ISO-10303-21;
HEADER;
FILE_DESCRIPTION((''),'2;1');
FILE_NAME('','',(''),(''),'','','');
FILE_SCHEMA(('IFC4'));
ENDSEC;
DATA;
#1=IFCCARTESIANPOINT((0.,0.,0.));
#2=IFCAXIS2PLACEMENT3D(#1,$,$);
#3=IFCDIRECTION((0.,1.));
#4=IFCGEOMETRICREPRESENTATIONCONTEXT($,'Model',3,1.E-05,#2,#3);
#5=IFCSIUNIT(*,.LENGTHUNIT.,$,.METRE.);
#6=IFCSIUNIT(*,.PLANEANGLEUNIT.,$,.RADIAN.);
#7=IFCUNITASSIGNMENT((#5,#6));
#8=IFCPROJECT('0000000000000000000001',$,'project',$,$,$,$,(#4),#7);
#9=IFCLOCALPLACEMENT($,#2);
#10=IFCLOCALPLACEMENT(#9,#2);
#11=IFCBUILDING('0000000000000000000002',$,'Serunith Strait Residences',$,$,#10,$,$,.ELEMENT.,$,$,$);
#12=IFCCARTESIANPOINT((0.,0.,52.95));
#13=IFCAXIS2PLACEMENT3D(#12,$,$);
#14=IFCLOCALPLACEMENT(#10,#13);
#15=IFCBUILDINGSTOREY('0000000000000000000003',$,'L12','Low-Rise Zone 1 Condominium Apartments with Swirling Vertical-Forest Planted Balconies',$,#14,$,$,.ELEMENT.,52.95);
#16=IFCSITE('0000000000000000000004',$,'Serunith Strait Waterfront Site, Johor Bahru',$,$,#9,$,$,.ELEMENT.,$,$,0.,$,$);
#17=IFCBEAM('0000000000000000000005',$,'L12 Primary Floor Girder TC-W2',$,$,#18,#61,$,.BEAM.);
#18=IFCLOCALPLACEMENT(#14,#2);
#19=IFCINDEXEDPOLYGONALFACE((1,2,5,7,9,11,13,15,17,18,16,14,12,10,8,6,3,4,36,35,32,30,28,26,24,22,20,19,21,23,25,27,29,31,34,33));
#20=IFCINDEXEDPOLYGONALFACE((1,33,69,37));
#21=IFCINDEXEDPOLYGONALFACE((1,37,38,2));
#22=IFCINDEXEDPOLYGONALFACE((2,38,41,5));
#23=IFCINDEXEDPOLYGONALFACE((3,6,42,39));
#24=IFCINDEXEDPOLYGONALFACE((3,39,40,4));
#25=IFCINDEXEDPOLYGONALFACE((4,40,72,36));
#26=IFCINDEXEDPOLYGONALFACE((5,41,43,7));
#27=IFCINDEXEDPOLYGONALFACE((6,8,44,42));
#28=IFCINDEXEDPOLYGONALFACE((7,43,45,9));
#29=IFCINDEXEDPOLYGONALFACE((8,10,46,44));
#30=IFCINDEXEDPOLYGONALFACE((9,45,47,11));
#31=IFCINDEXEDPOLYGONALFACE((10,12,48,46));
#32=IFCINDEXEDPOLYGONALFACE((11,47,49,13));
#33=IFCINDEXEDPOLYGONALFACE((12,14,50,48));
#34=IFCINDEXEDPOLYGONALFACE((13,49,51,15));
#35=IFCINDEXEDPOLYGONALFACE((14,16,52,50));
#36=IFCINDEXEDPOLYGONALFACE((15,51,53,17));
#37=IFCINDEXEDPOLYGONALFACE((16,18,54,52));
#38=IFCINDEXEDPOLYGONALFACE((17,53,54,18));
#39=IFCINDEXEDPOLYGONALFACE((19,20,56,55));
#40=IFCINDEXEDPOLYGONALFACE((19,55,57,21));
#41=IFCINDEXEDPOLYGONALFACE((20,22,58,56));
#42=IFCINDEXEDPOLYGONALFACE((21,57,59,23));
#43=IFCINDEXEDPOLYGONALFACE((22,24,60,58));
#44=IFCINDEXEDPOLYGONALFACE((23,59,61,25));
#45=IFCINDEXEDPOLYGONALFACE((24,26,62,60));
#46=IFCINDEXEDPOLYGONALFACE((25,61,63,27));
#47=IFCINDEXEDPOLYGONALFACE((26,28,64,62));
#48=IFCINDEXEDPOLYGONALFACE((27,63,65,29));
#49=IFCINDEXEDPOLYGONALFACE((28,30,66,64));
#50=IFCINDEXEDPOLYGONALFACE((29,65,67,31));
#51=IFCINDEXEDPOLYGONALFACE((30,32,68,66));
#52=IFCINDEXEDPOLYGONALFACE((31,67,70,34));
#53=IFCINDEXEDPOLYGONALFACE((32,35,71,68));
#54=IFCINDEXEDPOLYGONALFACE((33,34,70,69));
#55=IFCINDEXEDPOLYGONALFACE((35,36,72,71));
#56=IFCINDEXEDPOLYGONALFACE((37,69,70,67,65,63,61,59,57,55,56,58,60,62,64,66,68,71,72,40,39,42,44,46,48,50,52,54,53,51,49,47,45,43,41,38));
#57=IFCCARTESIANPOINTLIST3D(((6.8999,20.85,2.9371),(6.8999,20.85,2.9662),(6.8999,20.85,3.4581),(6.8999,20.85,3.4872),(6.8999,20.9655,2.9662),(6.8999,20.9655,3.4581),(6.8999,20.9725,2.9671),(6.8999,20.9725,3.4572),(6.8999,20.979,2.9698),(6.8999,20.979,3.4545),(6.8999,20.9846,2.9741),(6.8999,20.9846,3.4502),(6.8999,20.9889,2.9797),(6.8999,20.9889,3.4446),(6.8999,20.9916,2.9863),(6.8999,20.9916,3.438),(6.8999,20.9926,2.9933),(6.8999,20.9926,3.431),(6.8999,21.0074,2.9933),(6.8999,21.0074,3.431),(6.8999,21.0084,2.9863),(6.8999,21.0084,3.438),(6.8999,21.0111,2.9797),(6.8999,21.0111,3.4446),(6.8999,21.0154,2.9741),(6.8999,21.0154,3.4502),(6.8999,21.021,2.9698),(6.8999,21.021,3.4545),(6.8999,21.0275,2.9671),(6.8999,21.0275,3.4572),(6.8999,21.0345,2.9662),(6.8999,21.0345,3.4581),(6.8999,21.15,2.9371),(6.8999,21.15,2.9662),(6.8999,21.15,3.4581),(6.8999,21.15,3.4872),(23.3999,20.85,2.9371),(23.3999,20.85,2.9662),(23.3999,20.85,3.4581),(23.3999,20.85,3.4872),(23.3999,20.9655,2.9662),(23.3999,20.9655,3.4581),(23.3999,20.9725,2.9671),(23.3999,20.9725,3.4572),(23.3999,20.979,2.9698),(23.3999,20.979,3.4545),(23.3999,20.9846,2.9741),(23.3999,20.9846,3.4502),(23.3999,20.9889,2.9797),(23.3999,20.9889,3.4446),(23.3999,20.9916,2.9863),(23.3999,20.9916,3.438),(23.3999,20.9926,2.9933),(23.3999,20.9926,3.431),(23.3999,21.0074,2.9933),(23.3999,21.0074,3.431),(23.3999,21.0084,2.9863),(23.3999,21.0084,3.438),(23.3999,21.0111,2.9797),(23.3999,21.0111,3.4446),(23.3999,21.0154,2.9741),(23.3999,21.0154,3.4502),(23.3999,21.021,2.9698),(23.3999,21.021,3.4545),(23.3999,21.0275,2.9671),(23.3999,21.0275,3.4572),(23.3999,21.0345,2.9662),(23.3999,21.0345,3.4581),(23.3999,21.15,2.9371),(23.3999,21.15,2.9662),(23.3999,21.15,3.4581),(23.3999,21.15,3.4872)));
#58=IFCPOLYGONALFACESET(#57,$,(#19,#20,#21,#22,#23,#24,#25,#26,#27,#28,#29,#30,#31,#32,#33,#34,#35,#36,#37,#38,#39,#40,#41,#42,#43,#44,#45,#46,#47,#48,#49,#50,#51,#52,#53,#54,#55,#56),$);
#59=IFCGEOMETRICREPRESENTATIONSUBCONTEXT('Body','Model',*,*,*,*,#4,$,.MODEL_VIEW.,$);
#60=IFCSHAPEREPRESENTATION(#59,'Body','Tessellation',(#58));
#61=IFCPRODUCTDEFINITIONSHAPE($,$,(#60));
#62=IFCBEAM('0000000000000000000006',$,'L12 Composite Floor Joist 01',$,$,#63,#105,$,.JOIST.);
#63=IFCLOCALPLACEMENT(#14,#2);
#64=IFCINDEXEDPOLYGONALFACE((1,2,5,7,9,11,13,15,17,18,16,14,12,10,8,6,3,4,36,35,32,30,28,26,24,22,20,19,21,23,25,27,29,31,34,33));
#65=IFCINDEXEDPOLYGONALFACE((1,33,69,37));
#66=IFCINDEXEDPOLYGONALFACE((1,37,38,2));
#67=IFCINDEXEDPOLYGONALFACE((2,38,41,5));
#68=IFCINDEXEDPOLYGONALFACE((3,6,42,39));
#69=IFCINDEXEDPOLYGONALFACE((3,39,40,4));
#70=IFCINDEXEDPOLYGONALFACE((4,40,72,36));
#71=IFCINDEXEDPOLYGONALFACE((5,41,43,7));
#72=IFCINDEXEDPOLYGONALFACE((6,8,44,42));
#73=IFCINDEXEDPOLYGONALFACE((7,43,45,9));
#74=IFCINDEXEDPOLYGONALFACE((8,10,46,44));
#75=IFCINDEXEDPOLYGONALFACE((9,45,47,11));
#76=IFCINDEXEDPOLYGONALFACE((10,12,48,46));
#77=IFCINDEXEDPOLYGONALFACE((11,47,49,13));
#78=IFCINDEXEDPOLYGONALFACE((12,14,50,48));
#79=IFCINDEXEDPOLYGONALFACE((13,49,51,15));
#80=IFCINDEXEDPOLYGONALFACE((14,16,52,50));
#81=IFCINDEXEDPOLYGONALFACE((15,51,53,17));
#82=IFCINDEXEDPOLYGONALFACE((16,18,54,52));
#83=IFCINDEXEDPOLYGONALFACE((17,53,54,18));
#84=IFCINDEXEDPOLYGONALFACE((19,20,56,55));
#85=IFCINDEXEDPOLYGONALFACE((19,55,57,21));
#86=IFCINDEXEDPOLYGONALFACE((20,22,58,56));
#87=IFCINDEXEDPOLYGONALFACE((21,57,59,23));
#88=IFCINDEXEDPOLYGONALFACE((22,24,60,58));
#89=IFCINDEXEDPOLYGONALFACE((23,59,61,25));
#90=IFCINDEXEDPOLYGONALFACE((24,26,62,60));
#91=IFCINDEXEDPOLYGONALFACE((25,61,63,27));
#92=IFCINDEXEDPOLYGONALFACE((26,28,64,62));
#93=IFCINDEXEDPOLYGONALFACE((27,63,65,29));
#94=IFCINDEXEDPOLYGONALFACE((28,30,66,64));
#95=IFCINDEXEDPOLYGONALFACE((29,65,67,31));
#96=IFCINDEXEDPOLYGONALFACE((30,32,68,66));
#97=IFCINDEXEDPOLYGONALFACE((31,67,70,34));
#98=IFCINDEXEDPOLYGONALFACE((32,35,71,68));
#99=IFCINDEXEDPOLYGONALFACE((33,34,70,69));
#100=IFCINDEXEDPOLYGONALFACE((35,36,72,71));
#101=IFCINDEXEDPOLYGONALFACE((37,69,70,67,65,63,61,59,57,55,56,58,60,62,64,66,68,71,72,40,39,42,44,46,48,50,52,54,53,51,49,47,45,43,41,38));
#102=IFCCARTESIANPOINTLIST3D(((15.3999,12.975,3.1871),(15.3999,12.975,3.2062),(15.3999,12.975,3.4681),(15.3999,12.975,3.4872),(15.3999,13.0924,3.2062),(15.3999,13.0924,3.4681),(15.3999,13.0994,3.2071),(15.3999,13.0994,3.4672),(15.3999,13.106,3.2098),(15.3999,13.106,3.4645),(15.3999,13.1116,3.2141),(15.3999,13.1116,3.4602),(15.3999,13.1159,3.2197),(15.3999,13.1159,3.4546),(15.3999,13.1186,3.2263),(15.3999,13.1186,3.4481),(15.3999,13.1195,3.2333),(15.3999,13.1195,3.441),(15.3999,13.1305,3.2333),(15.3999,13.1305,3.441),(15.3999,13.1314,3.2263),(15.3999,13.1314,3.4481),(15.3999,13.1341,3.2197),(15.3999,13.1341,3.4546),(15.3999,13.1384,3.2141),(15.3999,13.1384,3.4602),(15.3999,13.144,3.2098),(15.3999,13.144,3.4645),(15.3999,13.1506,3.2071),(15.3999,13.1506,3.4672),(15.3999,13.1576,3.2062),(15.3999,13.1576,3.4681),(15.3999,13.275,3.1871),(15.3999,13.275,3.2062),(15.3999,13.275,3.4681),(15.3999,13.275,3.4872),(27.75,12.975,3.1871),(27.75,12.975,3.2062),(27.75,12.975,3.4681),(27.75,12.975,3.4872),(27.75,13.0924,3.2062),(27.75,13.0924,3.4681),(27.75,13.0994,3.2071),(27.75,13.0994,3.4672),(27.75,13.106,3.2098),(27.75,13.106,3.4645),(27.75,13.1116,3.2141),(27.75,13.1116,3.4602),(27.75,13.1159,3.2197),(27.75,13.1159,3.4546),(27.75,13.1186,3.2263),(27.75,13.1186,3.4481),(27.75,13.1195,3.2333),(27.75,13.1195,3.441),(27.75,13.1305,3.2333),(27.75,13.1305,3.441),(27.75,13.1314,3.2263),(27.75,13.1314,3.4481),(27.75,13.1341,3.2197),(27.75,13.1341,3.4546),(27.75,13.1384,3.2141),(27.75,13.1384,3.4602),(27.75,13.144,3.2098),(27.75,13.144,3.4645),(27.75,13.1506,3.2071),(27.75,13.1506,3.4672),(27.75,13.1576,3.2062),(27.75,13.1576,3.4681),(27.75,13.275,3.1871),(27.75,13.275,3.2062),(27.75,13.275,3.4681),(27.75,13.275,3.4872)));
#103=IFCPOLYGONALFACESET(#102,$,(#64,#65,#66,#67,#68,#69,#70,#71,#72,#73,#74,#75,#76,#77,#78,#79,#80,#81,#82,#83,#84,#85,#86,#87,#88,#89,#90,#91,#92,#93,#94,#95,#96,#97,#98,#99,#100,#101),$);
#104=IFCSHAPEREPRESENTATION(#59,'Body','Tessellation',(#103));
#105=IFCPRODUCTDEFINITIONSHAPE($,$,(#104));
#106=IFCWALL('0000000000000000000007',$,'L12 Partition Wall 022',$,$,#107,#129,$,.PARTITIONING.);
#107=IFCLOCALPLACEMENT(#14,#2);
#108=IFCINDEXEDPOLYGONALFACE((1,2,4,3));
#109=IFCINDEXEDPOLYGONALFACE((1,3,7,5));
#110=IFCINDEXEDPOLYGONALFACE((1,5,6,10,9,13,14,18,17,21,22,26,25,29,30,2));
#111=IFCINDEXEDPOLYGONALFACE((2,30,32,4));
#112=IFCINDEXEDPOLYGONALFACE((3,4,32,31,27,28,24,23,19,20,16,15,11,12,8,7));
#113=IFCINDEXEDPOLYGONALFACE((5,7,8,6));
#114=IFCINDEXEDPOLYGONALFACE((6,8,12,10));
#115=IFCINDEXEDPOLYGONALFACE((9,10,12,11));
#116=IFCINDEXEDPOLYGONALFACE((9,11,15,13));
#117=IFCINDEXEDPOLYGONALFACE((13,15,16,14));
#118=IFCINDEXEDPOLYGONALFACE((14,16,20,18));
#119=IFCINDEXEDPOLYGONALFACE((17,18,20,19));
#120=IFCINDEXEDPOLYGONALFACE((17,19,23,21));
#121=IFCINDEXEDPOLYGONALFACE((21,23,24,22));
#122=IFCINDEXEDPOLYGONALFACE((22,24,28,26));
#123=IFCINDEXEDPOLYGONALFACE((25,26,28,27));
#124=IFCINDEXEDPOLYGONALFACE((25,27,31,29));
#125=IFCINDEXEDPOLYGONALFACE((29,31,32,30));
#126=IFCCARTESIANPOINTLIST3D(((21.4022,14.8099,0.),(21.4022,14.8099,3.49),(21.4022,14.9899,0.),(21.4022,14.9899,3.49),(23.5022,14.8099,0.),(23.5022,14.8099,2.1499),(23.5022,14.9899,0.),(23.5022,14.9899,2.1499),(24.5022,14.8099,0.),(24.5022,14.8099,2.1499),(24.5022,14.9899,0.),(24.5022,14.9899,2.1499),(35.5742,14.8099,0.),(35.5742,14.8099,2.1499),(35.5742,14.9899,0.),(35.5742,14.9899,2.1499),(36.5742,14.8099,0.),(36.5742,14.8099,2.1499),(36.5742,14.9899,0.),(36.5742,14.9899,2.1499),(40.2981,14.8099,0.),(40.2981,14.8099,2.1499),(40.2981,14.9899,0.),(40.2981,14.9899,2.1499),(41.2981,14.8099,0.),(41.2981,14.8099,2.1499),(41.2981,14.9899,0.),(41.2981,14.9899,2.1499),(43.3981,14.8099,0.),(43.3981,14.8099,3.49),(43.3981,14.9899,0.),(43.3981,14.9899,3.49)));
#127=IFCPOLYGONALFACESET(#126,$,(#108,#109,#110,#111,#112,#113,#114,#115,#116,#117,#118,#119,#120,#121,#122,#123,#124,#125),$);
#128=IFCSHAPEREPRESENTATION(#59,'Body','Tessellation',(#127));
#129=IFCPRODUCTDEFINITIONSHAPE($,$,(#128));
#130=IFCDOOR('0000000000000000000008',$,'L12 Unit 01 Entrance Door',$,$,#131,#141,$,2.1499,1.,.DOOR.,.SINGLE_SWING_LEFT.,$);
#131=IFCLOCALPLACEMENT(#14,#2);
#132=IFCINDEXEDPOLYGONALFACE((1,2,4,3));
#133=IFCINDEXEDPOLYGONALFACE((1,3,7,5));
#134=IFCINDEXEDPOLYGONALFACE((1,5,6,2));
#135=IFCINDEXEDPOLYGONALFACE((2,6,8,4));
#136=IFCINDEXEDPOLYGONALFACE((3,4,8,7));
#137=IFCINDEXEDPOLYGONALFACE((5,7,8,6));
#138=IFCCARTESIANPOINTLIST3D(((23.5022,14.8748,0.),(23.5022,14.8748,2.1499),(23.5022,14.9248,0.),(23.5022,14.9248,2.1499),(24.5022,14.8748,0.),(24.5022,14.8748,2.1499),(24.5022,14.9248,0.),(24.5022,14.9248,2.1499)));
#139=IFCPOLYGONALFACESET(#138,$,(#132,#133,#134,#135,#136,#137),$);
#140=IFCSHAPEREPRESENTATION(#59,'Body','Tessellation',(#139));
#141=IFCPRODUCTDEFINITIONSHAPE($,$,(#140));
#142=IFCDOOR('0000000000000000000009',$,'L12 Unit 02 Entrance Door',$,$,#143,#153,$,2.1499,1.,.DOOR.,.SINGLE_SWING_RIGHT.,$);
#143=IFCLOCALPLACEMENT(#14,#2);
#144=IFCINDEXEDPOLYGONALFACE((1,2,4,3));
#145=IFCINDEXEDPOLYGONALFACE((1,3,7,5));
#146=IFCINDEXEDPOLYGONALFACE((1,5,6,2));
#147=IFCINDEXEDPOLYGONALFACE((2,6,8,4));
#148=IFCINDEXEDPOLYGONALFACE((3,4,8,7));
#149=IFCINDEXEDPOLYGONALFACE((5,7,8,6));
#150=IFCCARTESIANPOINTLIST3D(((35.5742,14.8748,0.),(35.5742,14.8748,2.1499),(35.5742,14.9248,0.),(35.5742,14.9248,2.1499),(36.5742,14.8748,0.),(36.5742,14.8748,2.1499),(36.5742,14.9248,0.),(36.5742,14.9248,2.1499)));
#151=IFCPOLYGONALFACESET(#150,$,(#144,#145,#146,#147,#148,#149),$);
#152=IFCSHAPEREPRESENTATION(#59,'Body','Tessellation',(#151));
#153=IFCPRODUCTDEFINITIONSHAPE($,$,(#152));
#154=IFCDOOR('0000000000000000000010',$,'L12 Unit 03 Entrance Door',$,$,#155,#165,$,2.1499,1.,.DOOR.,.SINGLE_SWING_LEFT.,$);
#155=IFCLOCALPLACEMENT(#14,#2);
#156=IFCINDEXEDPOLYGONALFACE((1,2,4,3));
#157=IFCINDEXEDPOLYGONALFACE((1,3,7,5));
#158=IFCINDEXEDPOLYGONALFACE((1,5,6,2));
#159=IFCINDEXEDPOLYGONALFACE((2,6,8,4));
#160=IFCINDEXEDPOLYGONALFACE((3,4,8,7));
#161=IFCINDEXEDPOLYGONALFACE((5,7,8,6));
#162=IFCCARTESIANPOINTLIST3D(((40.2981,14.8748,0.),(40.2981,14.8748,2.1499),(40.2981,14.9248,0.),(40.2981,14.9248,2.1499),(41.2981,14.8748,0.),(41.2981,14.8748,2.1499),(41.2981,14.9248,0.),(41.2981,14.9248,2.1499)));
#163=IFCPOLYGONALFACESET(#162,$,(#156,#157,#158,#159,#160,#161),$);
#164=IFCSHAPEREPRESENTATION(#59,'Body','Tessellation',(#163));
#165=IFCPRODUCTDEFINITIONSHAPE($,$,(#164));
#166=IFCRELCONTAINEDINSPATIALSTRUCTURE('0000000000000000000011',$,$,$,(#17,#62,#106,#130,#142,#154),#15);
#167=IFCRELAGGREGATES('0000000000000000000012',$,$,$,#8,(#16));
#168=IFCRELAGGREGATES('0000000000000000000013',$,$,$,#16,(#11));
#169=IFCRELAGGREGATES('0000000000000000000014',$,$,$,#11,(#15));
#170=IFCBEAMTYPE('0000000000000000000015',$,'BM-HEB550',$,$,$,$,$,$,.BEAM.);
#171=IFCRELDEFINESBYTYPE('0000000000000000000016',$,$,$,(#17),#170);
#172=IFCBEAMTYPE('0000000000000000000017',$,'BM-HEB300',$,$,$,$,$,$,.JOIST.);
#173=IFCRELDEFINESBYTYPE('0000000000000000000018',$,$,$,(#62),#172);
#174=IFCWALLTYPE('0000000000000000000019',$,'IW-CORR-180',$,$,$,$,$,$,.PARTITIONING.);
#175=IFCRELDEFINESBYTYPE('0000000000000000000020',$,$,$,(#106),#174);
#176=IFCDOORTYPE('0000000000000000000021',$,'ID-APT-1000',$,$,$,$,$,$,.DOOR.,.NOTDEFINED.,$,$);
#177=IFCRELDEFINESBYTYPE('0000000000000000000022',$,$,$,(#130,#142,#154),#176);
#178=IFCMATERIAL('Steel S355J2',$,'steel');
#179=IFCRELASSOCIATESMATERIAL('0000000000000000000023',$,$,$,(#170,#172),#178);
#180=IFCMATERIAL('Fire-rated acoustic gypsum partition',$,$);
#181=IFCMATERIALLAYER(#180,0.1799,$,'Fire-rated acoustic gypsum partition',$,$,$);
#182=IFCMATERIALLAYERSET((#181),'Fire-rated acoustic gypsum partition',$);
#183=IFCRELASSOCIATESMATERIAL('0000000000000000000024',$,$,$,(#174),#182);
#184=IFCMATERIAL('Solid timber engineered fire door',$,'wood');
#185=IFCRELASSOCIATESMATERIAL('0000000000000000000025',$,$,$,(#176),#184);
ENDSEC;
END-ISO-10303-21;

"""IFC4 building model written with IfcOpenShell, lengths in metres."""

from ifc_helpers import new_model, si_unit, direction, frame, frame_2d, origin, origin_2d, place, context, subcontext, project, spatial, rectangle, i_section, extrude, source, transform, mapped, material, layer, layer_set, material_profile, profile_set, type_object, element, fill, save


model = new_model("IFC4")

# Units and contexts
model_context = context("Model", 3, precision=1e-05, world=origin(), true_north=direction((0.0, 1.0)))
body_context = subcontext(model_context, "Body", "Model", "MODEL_VIEW")
ifc_project = project(units=[si_unit("LENGTHUNIT", "METRE"), si_unit("PLANEANGLEUNIT", "RADIAN")], contexts=[model_context])

# Site, building, storey
site_placement = place(None, origin())
site = spatial("IfcSite", under=ifc_project, at=site_placement, Name="Serunith Strait Waterfront Site, Johor Bahru", CompositionType="ELEMENT", RefElevation=0.0)
building_placement = place(site_placement, origin())
building = spatial("IfcBuilding", under=site, at=building_placement, Name="Serunith Strait Residences", CompositionType="ELEMENT")
storey_placement = place(building_placement, frame((0.0, 0.0, 52.95)))
storey = spatial("IfcBuildingStorey", under=building, at=storey_placement, Name="L12", Description="Low-Rise Zone 1 Condominium Apartments with Swirling Vertical-Forest Planted Balconies", CompositionType="ELEMENT", Elevation=52.95)

# Beams
ifc_material_1 = material(Name="Steel S355J2", Category="steel")
ifc_material_profile_1 = material_profile(ifc_material_1, i_section(OverallWidth=0.3, OverallDepth=0.55, WebThickness=0.0149, FlangeThickness=0.0291, FilletRadius=0.0271, at=origin_2d()), Name="HEB 550")
ifc_profile_set_1 = profile_set([ifc_material_profile_1], Name="Steel S355J2")
beam_type_1 = type_object("IfcBeamType", Name="BM-HEB550", PredefinedType="BEAM", material=ifc_profile_set_1)
shared_shape_1 = source(origin(), body_context, "Body", "SweptSolid", [
    extrude(i_section(OverallWidth=0.3, OverallDepth=0.55, WebThickness=0.0149, FlangeThickness=0.0291, FilletRadius=0.0271, at=origin_2d()), origin(), (0.0, 0.0, 1.0), 16.5),
])
beam_1_placement = place(storey_placement, frame((23.3999, 21.0, 3.2122), z_axis=(-1.0, 0.0, 0.0), x_axis=(0.0, -1.0, 0.0)))
element("IfcBeam", 1, at=beam_1_placement, inside=storey, type_object=beam_type_1, Name="L12 Primary Floor Girder TC-W2", PredefinedType="BEAM", context=body_context, shape_type="MappedRepresentation", body=[
    mapped(shared_shape_1, transform((0.0, 0.0, 0.0), scale=1.0)),
])
ifc_material_profile_2 = material_profile(ifc_material_1, i_section(OverallWidth=0.3, OverallDepth=0.3, WebThickness=0.011, FlangeThickness=0.019, FilletRadius=0.0271, at=origin_2d()), Name="HEB 300")
ifc_profile_set_2 = profile_set([ifc_material_profile_2], Name="Steel S355J2")
beam_type_2 = type_object("IfcBeamType", Name="BM-HEB300", PredefinedType="JOIST", material=ifc_profile_set_2)
shared_shape_2 = source(origin(), body_context, "Body", "SweptSolid", [
    extrude(i_section(OverallWidth=0.3, OverallDepth=0.3, WebThickness=0.011, FlangeThickness=0.019, FilletRadius=0.0271, at=origin_2d()), origin(), (0.0, 0.0, 1.0), 12.3501),
])
beam_2_placement = place(storey_placement, frame((15.3999, 13.125, 3.3372), z_axis=(1.0, 0.0, 0.0), x_axis=(0.0, 1.0, 0.0)))
element("IfcBeam", 2, at=beam_2_placement, inside=storey, type_object=beam_type_2, Name="L12 Composite Floor Joist 01", PredefinedType="JOIST", context=body_context, shape_type="MappedRepresentation", body=[
    mapped(shared_shape_2, transform((0.0, 0.0, 0.0), scale=1.0)),
])

# Wall, openings, doors
ifc_material_2 = material(Name="Fire-rated acoustic gypsum partition")
ifc_layer_1 = layer(ifc_material_2, 0.1799, Name="Fire-rated acoustic gypsum partition")
ifc_layer_set_1 = layer_set([ifc_layer_1], Name="Fire-rated acoustic gypsum partition")
wall_type_1 = type_object("IfcWallType", Name="IW-CORR-180", PredefinedType="PARTITIONING", material=ifc_layer_set_1)
wall_1_placement = place(storey_placement, frame((21.4021, 14.8999, 0.0), z_axis=(0.0, 0.0, 1.0), x_axis=(1.0, 0.0, 0.0)))
wall_1 = element("IfcWall", 3, at=wall_1_placement, inside=storey, type_object=wall_type_1, Name="L12 Partition Wall 022", PredefinedType="PARTITIONING", context=body_context, shape_type="SweptSolid", body=[
    extrude(rectangle(XDim=21.9958, YDim=0.1799, at=frame_2d((10.998, 0.0))), origin(), (0.0, 0.0, 1.0), 3.49),
])
opening_1_placement = place(wall_1_placement, frame((2.1001, 0.0, 0.0)))
opening_1 = element("IfcOpeningElement", 4, at=opening_1_placement, cuts=wall_1, PredefinedType="OPENING", context=body_context, shape_type="SweptSolid", body=[
    extrude(rectangle(XDim=1.0, YDim=2.1499, at=frame_2d((0.5, 1.075))), frame((0.0, 0.1001, 0.0), z_axis=(0.0, -1.0, 0.0), x_axis=(1.0, 0.0, 0.0)), (0.0, 0.0, 1.0), 0.2),
])
opening_2_placement = place(wall_1_placement, frame((14.1721, 0.0, 0.0)))
opening_2 = element("IfcOpeningElement", 5, at=opening_2_placement, cuts=wall_1, PredefinedType="OPENING", context=body_context, shape_type="SweptSolid", body=[
    extrude(rectangle(XDim=1.0, YDim=2.1499, at=frame_2d((0.5, 1.075))), frame((0.0, 0.1001, 0.0), z_axis=(0.0, -1.0, 0.0), x_axis=(1.0, 0.0, 0.0)), (0.0, 0.0, 1.0), 0.2),
])
opening_3_placement = place(wall_1_placement, frame((18.896, 0.0, 0.0)))
opening_3 = element("IfcOpeningElement", 6, at=opening_3_placement, cuts=wall_1, PredefinedType="OPENING", context=body_context, shape_type="SweptSolid", body=[
    extrude(rectangle(XDim=1.0, YDim=2.1499, at=frame_2d((0.5, 1.075))), frame((0.0, 0.1001, 0.0), z_axis=(0.0, -1.0, 0.0), x_axis=(1.0, 0.0, 0.0)), (0.0, 0.0, 1.0), 0.2),
])
ifc_material_3 = material(Name="Solid timber engineered fire door", Category="wood")
door_type_1 = type_object("IfcDoorType", Name="ID-APT-1000", OperationType="NOTDEFINED", PredefinedType="DOOR", material=ifc_material_3)
shared_shape_3 = source(origin(), body_context, "Body", "SweptSolid", [
    extrude(rectangle(XDim=1.0, YDim=2.1499, at=frame_2d((0.5, 1.075))), frame((0.0, 0.0249, 0.0), z_axis=(0.0, -1.0, 0.0), x_axis=(1.0, 0.0, 0.0)), (0.0, 0.0, 1.0), 0.05),
])
door_1_placement = place(opening_1_placement, origin())
door_1 = element("IfcDoor", 7, at=door_1_placement, inside=storey, type_object=door_type_1, Name="L12 Unit 01 Entrance Door", OperationType="SINGLE_SWING_LEFT", OverallHeight=2.1499, OverallWidth=1.0, PredefinedType="DOOR", context=body_context, shape_type="MappedRepresentation", body=[
    mapped(shared_shape_3, transform((0.0, 0.0, 0.0), scale=1.0)),
])
fill(opening_1, door_1)
door_2_placement = place(opening_2_placement, origin())
door_2 = element("IfcDoor", 8, at=door_2_placement, inside=storey, type_object=door_type_1, Name="L12 Unit 02 Entrance Door", OperationType="SINGLE_SWING_RIGHT", OverallHeight=2.1499, OverallWidth=1.0, PredefinedType="DOOR", context=body_context, shape_type="MappedRepresentation", body=[
    mapped(shared_shape_3, transform((0.0, 0.0, 0.0), scale=1.0)),
])
fill(opening_2, door_2)
door_3_placement = place(opening_3_placement, origin())
door_3 = element("IfcDoor", 9, at=door_3_placement, inside=storey, type_object=door_type_1, Name="L12 Unit 03 Entrance Door", OperationType="SINGLE_SWING_LEFT", OverallHeight=2.1499, OverallWidth=1.0, PredefinedType="DOOR", context=body_context, shape_type="MappedRepresentation", body=[
    mapped(shared_shape_3, transform((0.0, 0.0, 0.0), scale=1.0)),
])
fill(opening_3, door_3)

save(model, "model.ifc")
